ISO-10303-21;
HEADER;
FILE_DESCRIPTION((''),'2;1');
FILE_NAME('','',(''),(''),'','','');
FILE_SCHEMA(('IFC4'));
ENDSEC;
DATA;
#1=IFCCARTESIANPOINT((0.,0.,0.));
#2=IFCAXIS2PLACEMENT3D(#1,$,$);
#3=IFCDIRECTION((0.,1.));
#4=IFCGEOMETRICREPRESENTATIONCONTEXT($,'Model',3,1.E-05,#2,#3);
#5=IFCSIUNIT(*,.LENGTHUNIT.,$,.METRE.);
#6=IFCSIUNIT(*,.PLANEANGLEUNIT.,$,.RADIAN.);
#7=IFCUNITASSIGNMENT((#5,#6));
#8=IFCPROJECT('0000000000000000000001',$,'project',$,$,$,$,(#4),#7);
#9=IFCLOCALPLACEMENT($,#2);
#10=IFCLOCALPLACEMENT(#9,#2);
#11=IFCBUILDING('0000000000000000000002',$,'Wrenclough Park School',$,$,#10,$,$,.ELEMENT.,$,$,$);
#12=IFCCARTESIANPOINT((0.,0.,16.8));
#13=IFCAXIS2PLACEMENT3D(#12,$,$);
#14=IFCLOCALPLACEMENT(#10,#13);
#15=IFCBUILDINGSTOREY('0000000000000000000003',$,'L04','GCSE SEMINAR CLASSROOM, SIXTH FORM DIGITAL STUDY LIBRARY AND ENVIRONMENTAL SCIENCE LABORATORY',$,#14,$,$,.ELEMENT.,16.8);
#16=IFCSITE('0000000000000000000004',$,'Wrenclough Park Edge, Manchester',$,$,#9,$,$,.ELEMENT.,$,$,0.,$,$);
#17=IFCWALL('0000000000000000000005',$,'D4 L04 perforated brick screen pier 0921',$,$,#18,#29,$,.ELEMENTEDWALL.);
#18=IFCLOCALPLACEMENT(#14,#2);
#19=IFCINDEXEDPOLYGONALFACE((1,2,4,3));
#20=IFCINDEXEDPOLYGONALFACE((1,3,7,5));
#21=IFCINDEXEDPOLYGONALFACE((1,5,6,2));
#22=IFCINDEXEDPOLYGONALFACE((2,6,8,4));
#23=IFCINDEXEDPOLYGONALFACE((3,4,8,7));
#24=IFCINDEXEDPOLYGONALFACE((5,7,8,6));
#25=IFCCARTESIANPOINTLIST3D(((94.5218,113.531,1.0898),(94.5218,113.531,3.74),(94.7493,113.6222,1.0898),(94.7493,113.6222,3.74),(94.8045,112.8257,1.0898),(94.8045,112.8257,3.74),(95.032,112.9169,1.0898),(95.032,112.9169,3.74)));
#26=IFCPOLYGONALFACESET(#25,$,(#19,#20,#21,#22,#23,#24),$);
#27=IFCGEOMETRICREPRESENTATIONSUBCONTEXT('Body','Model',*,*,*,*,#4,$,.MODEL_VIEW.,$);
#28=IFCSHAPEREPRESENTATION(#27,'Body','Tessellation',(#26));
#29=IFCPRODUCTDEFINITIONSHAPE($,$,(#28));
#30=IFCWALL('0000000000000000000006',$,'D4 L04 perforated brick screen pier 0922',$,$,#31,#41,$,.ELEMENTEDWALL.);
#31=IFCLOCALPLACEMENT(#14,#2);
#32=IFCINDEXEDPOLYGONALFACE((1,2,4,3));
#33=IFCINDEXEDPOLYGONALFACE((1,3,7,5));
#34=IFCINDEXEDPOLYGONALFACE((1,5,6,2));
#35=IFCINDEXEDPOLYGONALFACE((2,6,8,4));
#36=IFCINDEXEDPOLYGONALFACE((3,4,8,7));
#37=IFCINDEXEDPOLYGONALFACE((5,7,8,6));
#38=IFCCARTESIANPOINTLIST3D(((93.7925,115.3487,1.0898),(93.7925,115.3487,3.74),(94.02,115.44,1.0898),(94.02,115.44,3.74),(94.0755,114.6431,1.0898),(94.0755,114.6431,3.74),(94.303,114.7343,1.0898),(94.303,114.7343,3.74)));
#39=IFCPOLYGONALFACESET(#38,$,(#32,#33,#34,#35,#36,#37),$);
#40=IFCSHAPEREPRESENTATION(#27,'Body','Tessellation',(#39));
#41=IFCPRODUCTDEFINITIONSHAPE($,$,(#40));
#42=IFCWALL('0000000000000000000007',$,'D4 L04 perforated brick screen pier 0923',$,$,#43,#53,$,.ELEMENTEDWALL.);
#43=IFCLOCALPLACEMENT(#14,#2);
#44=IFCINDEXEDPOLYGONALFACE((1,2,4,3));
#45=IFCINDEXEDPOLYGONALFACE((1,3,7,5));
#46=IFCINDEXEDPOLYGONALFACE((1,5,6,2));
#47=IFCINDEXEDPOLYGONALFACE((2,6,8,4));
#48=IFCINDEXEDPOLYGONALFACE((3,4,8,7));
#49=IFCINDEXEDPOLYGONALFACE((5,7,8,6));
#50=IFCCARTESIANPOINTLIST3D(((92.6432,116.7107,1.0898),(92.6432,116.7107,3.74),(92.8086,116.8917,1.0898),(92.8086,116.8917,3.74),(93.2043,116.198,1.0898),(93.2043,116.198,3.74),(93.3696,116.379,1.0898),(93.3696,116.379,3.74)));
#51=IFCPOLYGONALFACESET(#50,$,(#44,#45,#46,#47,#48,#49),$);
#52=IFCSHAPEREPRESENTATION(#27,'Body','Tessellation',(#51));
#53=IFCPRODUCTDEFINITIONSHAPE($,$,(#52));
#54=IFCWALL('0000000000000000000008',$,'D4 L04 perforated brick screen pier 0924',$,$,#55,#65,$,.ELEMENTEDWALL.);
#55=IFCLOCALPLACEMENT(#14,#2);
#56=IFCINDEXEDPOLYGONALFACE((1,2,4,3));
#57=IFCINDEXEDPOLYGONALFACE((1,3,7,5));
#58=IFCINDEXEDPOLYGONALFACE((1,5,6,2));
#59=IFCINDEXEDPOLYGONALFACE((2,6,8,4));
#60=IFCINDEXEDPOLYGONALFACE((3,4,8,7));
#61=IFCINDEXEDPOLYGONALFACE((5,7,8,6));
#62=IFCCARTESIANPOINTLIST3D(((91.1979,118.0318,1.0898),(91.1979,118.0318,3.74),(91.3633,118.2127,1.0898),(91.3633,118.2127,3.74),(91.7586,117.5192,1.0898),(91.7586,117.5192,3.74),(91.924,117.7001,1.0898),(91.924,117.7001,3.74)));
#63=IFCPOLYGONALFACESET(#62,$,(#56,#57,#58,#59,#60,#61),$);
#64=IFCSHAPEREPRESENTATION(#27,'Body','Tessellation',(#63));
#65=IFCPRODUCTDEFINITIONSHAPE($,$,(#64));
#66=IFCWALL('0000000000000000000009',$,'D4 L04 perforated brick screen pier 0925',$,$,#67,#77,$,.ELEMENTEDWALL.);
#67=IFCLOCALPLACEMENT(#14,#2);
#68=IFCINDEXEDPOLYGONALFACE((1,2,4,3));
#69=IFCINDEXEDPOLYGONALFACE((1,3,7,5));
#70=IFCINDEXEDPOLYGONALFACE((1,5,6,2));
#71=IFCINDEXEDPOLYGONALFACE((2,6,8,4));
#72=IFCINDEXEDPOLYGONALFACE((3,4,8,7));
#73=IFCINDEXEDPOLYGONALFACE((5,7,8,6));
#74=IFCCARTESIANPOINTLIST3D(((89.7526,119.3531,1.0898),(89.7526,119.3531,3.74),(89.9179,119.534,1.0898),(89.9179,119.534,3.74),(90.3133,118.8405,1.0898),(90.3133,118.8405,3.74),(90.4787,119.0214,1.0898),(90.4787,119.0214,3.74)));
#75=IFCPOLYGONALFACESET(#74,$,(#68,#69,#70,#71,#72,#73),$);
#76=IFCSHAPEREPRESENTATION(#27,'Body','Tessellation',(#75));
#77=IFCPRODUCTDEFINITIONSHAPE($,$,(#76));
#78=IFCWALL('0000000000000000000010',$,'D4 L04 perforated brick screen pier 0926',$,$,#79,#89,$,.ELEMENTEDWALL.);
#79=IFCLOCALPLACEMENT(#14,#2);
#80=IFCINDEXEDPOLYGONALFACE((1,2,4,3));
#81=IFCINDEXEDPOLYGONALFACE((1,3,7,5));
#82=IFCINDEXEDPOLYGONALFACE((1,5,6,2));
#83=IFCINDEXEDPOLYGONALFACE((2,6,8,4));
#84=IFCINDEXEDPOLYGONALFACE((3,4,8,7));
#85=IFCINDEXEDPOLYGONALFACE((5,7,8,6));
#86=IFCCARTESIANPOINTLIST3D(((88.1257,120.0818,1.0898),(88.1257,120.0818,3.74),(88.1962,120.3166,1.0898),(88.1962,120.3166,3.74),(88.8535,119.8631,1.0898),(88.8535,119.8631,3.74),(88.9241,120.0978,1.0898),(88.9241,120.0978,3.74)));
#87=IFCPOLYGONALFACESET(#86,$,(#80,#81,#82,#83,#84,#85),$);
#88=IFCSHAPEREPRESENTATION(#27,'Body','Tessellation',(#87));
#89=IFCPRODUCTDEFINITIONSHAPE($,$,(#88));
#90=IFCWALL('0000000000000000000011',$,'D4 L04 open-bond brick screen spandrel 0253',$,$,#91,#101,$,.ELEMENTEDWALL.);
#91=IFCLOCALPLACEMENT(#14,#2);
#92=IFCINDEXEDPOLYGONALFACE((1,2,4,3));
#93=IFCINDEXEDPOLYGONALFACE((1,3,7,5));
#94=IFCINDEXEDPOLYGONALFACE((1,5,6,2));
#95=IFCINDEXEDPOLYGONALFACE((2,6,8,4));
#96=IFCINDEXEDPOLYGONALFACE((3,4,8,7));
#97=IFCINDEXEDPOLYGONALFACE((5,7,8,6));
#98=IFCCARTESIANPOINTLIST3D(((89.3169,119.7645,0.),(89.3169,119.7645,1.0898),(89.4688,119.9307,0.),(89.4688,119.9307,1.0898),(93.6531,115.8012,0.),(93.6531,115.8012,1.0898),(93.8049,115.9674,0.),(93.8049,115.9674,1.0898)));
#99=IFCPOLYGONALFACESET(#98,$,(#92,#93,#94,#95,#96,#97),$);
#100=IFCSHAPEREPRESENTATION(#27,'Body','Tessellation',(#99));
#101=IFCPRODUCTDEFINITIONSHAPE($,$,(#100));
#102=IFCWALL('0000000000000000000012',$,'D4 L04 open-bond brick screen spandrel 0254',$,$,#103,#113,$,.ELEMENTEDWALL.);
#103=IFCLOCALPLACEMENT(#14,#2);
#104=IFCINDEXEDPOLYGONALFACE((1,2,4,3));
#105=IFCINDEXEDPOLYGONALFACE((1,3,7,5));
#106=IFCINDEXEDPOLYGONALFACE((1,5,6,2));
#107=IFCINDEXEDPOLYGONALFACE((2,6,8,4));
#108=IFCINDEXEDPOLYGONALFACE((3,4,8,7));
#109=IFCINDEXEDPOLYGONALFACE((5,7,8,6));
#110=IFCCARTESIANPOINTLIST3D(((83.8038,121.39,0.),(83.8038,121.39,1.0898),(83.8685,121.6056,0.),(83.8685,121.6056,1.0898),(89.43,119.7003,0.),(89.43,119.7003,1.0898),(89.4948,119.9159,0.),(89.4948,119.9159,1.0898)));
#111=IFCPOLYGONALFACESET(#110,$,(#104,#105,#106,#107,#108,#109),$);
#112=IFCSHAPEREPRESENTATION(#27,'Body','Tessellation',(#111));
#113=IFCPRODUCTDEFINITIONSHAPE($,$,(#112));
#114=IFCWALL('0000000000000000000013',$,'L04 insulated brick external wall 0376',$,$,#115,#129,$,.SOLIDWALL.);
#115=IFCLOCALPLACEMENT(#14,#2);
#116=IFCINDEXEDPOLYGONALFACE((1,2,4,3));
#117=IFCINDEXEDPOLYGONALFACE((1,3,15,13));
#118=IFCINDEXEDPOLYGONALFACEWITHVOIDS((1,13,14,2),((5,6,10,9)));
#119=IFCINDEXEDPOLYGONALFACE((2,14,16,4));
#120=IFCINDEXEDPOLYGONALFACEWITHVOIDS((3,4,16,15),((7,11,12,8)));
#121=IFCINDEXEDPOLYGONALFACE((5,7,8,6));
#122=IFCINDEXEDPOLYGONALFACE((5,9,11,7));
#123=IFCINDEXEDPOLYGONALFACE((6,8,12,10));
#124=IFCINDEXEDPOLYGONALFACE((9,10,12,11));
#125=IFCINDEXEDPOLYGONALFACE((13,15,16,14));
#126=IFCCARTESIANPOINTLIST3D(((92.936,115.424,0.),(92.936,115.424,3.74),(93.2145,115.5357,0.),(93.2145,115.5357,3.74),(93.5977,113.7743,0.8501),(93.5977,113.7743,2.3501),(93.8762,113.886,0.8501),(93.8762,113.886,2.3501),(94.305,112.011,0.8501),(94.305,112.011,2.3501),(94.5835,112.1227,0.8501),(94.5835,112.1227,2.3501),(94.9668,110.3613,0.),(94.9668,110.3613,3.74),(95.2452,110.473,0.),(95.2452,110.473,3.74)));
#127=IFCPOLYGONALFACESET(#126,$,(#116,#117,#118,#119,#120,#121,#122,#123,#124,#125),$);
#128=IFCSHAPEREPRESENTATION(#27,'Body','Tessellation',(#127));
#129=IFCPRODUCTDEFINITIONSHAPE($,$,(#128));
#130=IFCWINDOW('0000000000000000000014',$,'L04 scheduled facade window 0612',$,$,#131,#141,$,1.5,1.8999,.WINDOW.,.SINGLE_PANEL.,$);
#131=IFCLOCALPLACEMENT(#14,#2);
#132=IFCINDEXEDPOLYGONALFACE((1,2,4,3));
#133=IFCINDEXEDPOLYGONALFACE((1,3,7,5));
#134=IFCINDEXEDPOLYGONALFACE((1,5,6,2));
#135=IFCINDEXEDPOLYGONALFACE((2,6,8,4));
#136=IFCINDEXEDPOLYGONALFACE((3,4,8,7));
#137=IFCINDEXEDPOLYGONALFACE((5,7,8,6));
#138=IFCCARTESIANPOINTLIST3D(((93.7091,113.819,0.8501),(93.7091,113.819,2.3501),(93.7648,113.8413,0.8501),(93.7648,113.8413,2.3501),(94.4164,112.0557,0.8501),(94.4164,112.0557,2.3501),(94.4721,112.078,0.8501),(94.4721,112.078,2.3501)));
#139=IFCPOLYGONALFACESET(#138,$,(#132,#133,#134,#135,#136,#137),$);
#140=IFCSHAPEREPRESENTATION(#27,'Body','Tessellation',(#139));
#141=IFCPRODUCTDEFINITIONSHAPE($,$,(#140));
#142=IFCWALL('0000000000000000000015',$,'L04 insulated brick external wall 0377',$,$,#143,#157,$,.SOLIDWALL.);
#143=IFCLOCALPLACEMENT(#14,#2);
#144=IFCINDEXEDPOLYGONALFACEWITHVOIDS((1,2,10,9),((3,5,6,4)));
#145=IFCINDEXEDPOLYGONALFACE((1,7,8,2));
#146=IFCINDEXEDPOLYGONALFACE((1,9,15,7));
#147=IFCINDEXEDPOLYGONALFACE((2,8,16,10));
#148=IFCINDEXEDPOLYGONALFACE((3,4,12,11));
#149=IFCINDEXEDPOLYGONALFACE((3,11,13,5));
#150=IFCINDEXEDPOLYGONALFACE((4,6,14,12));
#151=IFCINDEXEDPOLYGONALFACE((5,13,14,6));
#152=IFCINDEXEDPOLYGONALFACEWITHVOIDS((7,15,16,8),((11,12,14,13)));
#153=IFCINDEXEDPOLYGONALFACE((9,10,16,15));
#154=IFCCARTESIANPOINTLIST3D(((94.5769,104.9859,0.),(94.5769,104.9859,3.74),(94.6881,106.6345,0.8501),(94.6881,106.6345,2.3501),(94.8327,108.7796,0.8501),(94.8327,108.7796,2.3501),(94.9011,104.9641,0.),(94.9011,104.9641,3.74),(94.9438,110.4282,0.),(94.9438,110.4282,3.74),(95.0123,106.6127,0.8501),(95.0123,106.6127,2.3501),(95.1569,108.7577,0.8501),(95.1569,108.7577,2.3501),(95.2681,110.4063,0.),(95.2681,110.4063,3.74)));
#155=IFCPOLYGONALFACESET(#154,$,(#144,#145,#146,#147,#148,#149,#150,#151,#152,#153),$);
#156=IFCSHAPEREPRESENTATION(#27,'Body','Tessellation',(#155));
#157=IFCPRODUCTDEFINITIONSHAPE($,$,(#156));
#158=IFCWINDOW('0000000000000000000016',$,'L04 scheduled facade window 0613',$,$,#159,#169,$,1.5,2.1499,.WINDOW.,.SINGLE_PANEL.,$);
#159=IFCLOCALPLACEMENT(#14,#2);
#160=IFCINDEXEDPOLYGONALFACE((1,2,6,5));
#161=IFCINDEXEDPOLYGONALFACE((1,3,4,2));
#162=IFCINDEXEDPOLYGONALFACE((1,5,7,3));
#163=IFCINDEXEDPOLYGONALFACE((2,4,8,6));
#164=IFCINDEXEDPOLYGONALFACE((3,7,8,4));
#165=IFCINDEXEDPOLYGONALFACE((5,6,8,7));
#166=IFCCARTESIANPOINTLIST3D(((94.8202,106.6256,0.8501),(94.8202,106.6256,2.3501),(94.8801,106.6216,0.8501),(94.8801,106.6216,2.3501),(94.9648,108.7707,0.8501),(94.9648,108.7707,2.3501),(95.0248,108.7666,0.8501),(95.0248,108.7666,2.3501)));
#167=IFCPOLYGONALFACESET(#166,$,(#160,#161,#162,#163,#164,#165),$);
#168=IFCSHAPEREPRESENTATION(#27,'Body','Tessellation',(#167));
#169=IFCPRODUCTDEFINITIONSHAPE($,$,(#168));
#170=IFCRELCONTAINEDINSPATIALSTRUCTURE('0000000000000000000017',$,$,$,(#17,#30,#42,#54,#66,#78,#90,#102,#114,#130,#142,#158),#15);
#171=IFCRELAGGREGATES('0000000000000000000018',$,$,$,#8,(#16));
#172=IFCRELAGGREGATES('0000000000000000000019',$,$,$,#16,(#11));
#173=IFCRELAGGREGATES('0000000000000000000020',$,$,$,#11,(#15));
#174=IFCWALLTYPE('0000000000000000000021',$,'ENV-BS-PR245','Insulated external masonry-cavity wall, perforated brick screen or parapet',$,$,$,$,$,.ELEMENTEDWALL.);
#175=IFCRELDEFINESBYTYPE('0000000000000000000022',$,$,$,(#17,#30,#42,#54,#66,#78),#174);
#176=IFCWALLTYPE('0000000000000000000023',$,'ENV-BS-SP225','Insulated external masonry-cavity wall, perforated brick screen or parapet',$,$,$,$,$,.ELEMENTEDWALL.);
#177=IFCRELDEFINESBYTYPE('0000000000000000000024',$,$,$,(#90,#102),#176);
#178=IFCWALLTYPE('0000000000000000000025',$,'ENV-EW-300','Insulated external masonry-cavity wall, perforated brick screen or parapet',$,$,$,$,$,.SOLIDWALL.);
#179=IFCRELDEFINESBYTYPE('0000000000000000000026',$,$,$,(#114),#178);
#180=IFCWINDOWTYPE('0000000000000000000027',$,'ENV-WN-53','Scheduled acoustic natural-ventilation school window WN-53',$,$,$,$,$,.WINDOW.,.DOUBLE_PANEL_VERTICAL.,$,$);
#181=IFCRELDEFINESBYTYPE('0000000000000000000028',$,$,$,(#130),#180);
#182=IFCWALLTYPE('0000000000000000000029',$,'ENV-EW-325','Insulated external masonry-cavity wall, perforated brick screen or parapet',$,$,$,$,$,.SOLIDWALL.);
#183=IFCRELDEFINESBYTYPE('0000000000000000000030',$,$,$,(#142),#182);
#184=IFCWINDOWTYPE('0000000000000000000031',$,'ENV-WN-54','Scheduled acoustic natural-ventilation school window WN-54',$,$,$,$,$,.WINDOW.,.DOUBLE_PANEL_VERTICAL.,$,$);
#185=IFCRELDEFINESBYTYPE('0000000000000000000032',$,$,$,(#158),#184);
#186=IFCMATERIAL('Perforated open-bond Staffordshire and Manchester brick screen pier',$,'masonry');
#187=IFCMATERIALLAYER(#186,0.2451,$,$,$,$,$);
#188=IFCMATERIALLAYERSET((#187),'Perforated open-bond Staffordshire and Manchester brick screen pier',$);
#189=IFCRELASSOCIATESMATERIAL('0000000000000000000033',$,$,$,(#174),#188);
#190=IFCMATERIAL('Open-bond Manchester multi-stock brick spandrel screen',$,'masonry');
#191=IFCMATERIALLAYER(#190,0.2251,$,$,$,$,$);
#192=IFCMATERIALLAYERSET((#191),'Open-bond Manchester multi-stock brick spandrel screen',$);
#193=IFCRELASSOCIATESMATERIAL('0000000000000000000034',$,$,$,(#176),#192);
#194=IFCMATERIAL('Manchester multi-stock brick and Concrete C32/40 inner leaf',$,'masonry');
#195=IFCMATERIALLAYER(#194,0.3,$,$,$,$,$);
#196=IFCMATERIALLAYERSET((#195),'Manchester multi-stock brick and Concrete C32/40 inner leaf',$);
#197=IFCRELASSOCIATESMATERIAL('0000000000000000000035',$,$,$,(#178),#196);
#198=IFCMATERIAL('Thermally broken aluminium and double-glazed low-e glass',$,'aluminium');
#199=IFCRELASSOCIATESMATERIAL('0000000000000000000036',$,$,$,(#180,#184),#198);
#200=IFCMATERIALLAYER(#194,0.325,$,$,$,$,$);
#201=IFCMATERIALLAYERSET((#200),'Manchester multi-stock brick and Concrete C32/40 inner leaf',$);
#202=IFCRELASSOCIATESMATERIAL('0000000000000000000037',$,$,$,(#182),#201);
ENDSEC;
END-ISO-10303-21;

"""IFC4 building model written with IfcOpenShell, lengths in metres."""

from ifc_helpers import new_model, si_unit, direction, frame, frame_2d, origin, place, context, subcontext, project, spatial, rectangle, extrude, material, layer, layer_set, type_object, element, fill, save


model = new_model("IFC4")

# Units and contexts
model_context = context("Model", 3, precision=1e-05, world=origin(), true_north=direction((0.0, 1.0)))
body_context = subcontext(model_context, "Body", "Model", "MODEL_VIEW")
ifc_project = project(units=[si_unit("LENGTHUNIT", "METRE"), si_unit("PLANEANGLEUNIT", "RADIAN")], contexts=[model_context])

# Site, building, storey
site_placement = place(None, origin())
site = spatial("IfcSite", under=ifc_project, at=site_placement, Name="Wrenclough Park Edge, Manchester", CompositionType="ELEMENT", RefElevation=0.0)
building_placement = place(site_placement, origin())
building = spatial("IfcBuilding", under=site, at=building_placement, Name="Wrenclough Park School", CompositionType="ELEMENT")
storey_placement = place(building_placement, frame((0.0, 0.0, 16.8)))
storey = spatial("IfcBuildingStorey", under=building, at=storey_placement, Name="L04", Description="GCSE SEMINAR CLASSROOM, SIXTH FORM DIGITAL STUDY LIBRARY AND ENVIRONMENTAL SCIENCE LABORATORY", CompositionType="ELEMENT", Elevation=16.8)

# Walls
ifc_material_1 = material(Name="Perforated open-bond Staffordshire and Manchester brick screen pier", Category="masonry")
ifc_layer_1 = layer(ifc_material_1, 0.2451)
ifc_layer_set_1 = layer_set([ifc_layer_1], Name="Perforated open-bond Staffordshire and Manchester brick screen pier")
wall_type_1 = type_object("IfcWallType", Name="ENV-BS-PR245", Description="Insulated external masonry-cavity wall, perforated brick screen or parapet", PredefinedType="ELEMENTEDWALL", material=ifc_layer_set_1)
wall_1_placement = place(storey_placement, frame((94.9182, 112.8713, 1.0898), z_axis=(0.0, 0.0, 1.0), x_axis=(-0.372055, 0.928211, 0.0)))
element("IfcWall", 1, at=wall_1_placement, inside=storey, type_object=wall_type_1, Name="D4 L04 perforated brick screen pier 0921", PredefinedType="ELEMENTEDWALL", context=body_context, shape_type="SweptSolid", body=[
    extrude(rectangle(XDim=0.7598, YDim=0.2451, at=frame_2d((0.3799, 0.0))), origin(), (0.0, 0.0, 1.0), 2.6501),
])
wall_2_placement = place(storey_placement, frame((94.1892, 114.6887, 1.0898), z_axis=(0.0, 0.0, 1.0), x_axis=(-0.372221, 0.928144, 0.0)))
element("IfcWall", 2, at=wall_2_placement, inside=storey, type_object=wall_type_1, Name="D4 L04 perforated brick screen pier 0922", PredefinedType="ELEMENTEDWALL", context=body_context, shape_type="SweptSolid", body=[
    extrude(rectangle(XDim=0.7603, YDim=0.2451, at=frame_2d((0.3801, 0.0))), origin(), (0.0, 0.0, 1.0), 2.6501),
])
wall_3_placement = place(storey_placement, frame((93.2869, 116.2886, 1.0898), z_axis=(0.0, 0.0, 1.0), x_axis=(-0.738193, 0.674589, 0.0)))
element("IfcWall", 3, at=wall_3_placement, inside=storey, type_object=wall_type_1, Name="D4 L04 perforated brick screen pier 0923", PredefinedType="ELEMENTEDWALL", context=body_context, shape_type="SweptSolid", body=[
    extrude(rectangle(XDim=0.76, YDim=0.2451, at=frame_2d((0.3799, 0.0))), origin(), (0.0, 0.0, 1.0), 2.6501),
])
for number, where, z_axis, x_axis, name in (
    (4, (91.8413, 117.6096, 1.0898), (0.0, 0.0, 1.0), (-0.738047, 0.674749, 0.0), "D4 L04 perforated brick screen pier 0924"),
    (5, (90.396, 118.9309, 1.0898), (0.0, 0.0, 1.0), (-0.738047, 0.674749, 0.0), "D4 L04 perforated brick screen pier 0925"),
):
    element("IfcWall", number, at=place(storey_placement, frame(where, z_axis=z_axis, x_axis=x_axis)), inside=storey, type_object=wall_type_1, Name=name, PredefinedType="ELEMENTEDWALL", context=body_context, shape_type="SweptSolid", body=[
        extrude(rectangle(XDim=0.7598, YDim=0.2451, at=frame_2d((0.3799, 0.0))), origin(), (0.0, 0.0, 1.0), 2.6501),
    ])
wall_4_placement = place(storey_placement, frame((88.8887, 119.9805, 1.0898), z_axis=(0.0, 0.0, 1.0), x_axis=(-0.957676, 0.287849, 0.0)))
element("IfcWall", 6, at=wall_4_placement, inside=storey, type_object=wall_type_1, Name="D4 L04 perforated brick screen pier 0926", PredefinedType="ELEMENTEDWALL", context=body_context, shape_type="SweptSolid", body=[
    extrude(rectangle(XDim=0.76, YDim=0.2451, at=frame_2d((0.3799, 0.0))), origin(), (0.0, 0.0, 1.0), 2.6501),
])
ifc_material_2 = material(Name="Open-bond Manchester multi-stock brick spandrel screen", Category="masonry")
ifc_layer_2 = layer(ifc_material_2, 0.2251)
ifc_layer_set_2 = layer_set([ifc_layer_2], Name="Open-bond Manchester multi-stock brick spandrel screen")
wall_type_2 = type_object("IfcWallType", Name="ENV-BS-SP225", Description="Insulated external masonry-cavity wall, perforated brick screen or parapet", PredefinedType="ELEMENTEDWALL", material=ifc_layer_set_2)
for number, where, z_axis, x_axis, name in (
    (7, (93.729, 115.8843, 0.0), (0.0, 0.0, 1.0), (-0.738125, 0.674664, 0.0), "D4 L04 open-bond brick screen spandrel 0253"),
    (8, (89.4624, 119.8081, 0.0), (0.0, 0.0, 1.0), (-0.95774, 0.287634, 0.0), "D4 L04 open-bond brick screen spandrel 0254"),
):
    element("IfcWall", number, at=place(storey_placement, frame(where, z_axis=z_axis, x_axis=x_axis)), inside=storey, type_object=wall_type_2, Name=name, PredefinedType="ELEMENTEDWALL", context=body_context, shape_type="SweptSolid", body=[
        extrude(rectangle(XDim=5.8745, YDim=0.2251, at=frame_2d((2.9373, 0.0))), origin(), (0.0, 0.0, 1.0), 1.0898),
    ])

# Walls, openings, windows
ifc_material_3 = material(Name="Manchester multi-stock brick and Concrete C32/40 inner leaf", Category="masonry")
ifc_layer_3 = layer(ifc_material_3, 0.3)
ifc_layer_set_3 = layer_set([ifc_layer_3], Name="Manchester multi-stock brick and Concrete C32/40 inner leaf")
wall_type_3 = type_object("IfcWallType", Name="ENV-EW-300", Description="Insulated external masonry-cavity wall, perforated brick screen or parapet", PredefinedType="SOLIDWALL", material=ifc_layer_set_3)
wall_5_placement = place(storey_placement, frame((93.0752, 115.48, 0.0), z_axis=(0.0, 0.0, 1.0), x_axis=(0.372286, -0.928118, 0.0)))
wall_5 = element("IfcWall", 9, at=wall_5_placement, inside=storey, type_object=wall_type_3, Name="L04 insulated brick external wall 0376", PredefinedType="SOLIDWALL", context=body_context, shape_type="SweptSolid", body=[
    extrude(rectangle(XDim=5.4548, YDim=0.3, at=frame_2d((2.7275, 0.0))), origin(), (0.0, 0.0, 1.0), 3.74),
])
opening_1_placement = place(wall_5_placement, frame((1.7776, 0.0, 0.8501)))
opening_1 = element("IfcOpeningElement", 10, at=opening_1_placement, cuts=wall_5, PredefinedType="OPENING", context=body_context, shape_type="SweptSolid", body=[
    extrude(rectangle(XDim=1.8999, YDim=1.5, at=frame_2d((0.95, 0.75))), frame((0.0, 0.1599, 0.0), z_axis=(0.0, -1.0, 0.0), x_axis=(1.0, 0.0, 0.0)), (0.0, 0.0, 1.0), 0.3201),
])
ifc_material_4 = material(Name="Thermally broken aluminium and double-glazed low-e glass", Category="aluminium")
window_type_1 = type_object("IfcWindowType", Name="ENV-WN-53", Description="Scheduled acoustic natural-ventilation school window WN-53", PartitioningType="DOUBLE_PANEL_VERTICAL", PredefinedType="WINDOW", material=ifc_material_4)
window_1_placement = place(opening_1_placement, origin())
window_1 = element("IfcWindow", 11, at=window_1_placement, inside=storey, type_object=window_type_1, Name="L04 scheduled facade window 0612", OverallHeight=1.5, OverallWidth=1.8999, PartitioningType="SINGLE_PANEL", PredefinedType="WINDOW", context=body_context, shape_type="SweptSolid", body=[
    extrude(rectangle(XDim=1.8999, YDim=1.5, at=frame_2d((0.95, 0.75))), frame((0.0, 0.03, 0.0), z_axis=(0.0, -1.0, 0.0), x_axis=(1.0, 0.0, 0.0)), (0.0, 0.0, 1.0), 0.0601),
])
fill(opening_1, window_1)
ifc_layer_4 = layer(ifc_material_3, 0.325)
ifc_layer_set_4 = layer_set([ifc_layer_4], Name="Manchester multi-stock brick and Concrete C32/40 inner leaf")
wall_type_4 = type_object("IfcWallType", Name="ENV-EW-325", Description="Insulated external masonry-cavity wall, perforated brick screen or parapet", PredefinedType="SOLIDWALL", material=ifc_layer_set_4)
wall_6_placement = place(storey_placement, frame((95.106, 110.4172, 0.0), z_axis=(0.0, 0.0, 1.0), x_axis=(-0.067274, -0.997735, 0.0)))
wall_6 = element("IfcWall", 12, at=wall_6_placement, inside=storey, type_object=wall_type_4, Name="L04 insulated brick external wall 0377", PredefinedType="SOLIDWALL", context=body_context, shape_type="SweptSolid", body=[
    extrude(rectangle(XDim=5.4546, YDim=0.325, at=frame_2d((2.7273, 0.0))), origin(), (0.0, 0.0, 1.0), 3.74),
])
opening_2_placement = place(wall_6_placement, frame((1.6523, 0.0, 0.8501)))
opening_2 = element("IfcOpeningElement", 13, at=opening_2_placement, cuts=wall_6, PredefinedType="OPENING", context=body_context, shape_type="SweptSolid", body=[
    extrude(rectangle(XDim=2.1499, YDim=1.5, at=frame_2d((1.075, 0.75))), frame((0.0, 0.1724, 0.0), z_axis=(0.0, -1.0, 0.0), x_axis=(1.0, 0.0, 0.0)), (0.0, 0.0, 1.0), 0.345),
])
window_type_2 = type_object("IfcWindowType", Name="ENV-WN-54", Description="Scheduled acoustic natural-ventilation school window WN-54", PartitioningType="DOUBLE_PANEL_VERTICAL", PredefinedType="WINDOW", material=ifc_material_4)
window_2_placement = place(opening_2_placement, origin())
window_2 = element("IfcWindow", 14, at=window_2_placement, inside=storey, type_object=window_type_2, Name="L04 scheduled facade window 0613", OverallHeight=1.5, OverallWidth=2.1499, PartitioningType="SINGLE_PANEL", PredefinedType="WINDOW", context=body_context, shape_type="SweptSolid", body=[
    extrude(rectangle(XDim=2.1499, YDim=1.5, at=frame_2d((1.075, 0.75))), frame((0.0, 0.03, 0.0), z_axis=(0.0, -1.0, 0.0), x_axis=(1.0, 0.0, 0.0)), (0.0, 0.0, 1.0), 0.0601),
])
fill(opening_2, window_2)

save(model, "model.ifc")
